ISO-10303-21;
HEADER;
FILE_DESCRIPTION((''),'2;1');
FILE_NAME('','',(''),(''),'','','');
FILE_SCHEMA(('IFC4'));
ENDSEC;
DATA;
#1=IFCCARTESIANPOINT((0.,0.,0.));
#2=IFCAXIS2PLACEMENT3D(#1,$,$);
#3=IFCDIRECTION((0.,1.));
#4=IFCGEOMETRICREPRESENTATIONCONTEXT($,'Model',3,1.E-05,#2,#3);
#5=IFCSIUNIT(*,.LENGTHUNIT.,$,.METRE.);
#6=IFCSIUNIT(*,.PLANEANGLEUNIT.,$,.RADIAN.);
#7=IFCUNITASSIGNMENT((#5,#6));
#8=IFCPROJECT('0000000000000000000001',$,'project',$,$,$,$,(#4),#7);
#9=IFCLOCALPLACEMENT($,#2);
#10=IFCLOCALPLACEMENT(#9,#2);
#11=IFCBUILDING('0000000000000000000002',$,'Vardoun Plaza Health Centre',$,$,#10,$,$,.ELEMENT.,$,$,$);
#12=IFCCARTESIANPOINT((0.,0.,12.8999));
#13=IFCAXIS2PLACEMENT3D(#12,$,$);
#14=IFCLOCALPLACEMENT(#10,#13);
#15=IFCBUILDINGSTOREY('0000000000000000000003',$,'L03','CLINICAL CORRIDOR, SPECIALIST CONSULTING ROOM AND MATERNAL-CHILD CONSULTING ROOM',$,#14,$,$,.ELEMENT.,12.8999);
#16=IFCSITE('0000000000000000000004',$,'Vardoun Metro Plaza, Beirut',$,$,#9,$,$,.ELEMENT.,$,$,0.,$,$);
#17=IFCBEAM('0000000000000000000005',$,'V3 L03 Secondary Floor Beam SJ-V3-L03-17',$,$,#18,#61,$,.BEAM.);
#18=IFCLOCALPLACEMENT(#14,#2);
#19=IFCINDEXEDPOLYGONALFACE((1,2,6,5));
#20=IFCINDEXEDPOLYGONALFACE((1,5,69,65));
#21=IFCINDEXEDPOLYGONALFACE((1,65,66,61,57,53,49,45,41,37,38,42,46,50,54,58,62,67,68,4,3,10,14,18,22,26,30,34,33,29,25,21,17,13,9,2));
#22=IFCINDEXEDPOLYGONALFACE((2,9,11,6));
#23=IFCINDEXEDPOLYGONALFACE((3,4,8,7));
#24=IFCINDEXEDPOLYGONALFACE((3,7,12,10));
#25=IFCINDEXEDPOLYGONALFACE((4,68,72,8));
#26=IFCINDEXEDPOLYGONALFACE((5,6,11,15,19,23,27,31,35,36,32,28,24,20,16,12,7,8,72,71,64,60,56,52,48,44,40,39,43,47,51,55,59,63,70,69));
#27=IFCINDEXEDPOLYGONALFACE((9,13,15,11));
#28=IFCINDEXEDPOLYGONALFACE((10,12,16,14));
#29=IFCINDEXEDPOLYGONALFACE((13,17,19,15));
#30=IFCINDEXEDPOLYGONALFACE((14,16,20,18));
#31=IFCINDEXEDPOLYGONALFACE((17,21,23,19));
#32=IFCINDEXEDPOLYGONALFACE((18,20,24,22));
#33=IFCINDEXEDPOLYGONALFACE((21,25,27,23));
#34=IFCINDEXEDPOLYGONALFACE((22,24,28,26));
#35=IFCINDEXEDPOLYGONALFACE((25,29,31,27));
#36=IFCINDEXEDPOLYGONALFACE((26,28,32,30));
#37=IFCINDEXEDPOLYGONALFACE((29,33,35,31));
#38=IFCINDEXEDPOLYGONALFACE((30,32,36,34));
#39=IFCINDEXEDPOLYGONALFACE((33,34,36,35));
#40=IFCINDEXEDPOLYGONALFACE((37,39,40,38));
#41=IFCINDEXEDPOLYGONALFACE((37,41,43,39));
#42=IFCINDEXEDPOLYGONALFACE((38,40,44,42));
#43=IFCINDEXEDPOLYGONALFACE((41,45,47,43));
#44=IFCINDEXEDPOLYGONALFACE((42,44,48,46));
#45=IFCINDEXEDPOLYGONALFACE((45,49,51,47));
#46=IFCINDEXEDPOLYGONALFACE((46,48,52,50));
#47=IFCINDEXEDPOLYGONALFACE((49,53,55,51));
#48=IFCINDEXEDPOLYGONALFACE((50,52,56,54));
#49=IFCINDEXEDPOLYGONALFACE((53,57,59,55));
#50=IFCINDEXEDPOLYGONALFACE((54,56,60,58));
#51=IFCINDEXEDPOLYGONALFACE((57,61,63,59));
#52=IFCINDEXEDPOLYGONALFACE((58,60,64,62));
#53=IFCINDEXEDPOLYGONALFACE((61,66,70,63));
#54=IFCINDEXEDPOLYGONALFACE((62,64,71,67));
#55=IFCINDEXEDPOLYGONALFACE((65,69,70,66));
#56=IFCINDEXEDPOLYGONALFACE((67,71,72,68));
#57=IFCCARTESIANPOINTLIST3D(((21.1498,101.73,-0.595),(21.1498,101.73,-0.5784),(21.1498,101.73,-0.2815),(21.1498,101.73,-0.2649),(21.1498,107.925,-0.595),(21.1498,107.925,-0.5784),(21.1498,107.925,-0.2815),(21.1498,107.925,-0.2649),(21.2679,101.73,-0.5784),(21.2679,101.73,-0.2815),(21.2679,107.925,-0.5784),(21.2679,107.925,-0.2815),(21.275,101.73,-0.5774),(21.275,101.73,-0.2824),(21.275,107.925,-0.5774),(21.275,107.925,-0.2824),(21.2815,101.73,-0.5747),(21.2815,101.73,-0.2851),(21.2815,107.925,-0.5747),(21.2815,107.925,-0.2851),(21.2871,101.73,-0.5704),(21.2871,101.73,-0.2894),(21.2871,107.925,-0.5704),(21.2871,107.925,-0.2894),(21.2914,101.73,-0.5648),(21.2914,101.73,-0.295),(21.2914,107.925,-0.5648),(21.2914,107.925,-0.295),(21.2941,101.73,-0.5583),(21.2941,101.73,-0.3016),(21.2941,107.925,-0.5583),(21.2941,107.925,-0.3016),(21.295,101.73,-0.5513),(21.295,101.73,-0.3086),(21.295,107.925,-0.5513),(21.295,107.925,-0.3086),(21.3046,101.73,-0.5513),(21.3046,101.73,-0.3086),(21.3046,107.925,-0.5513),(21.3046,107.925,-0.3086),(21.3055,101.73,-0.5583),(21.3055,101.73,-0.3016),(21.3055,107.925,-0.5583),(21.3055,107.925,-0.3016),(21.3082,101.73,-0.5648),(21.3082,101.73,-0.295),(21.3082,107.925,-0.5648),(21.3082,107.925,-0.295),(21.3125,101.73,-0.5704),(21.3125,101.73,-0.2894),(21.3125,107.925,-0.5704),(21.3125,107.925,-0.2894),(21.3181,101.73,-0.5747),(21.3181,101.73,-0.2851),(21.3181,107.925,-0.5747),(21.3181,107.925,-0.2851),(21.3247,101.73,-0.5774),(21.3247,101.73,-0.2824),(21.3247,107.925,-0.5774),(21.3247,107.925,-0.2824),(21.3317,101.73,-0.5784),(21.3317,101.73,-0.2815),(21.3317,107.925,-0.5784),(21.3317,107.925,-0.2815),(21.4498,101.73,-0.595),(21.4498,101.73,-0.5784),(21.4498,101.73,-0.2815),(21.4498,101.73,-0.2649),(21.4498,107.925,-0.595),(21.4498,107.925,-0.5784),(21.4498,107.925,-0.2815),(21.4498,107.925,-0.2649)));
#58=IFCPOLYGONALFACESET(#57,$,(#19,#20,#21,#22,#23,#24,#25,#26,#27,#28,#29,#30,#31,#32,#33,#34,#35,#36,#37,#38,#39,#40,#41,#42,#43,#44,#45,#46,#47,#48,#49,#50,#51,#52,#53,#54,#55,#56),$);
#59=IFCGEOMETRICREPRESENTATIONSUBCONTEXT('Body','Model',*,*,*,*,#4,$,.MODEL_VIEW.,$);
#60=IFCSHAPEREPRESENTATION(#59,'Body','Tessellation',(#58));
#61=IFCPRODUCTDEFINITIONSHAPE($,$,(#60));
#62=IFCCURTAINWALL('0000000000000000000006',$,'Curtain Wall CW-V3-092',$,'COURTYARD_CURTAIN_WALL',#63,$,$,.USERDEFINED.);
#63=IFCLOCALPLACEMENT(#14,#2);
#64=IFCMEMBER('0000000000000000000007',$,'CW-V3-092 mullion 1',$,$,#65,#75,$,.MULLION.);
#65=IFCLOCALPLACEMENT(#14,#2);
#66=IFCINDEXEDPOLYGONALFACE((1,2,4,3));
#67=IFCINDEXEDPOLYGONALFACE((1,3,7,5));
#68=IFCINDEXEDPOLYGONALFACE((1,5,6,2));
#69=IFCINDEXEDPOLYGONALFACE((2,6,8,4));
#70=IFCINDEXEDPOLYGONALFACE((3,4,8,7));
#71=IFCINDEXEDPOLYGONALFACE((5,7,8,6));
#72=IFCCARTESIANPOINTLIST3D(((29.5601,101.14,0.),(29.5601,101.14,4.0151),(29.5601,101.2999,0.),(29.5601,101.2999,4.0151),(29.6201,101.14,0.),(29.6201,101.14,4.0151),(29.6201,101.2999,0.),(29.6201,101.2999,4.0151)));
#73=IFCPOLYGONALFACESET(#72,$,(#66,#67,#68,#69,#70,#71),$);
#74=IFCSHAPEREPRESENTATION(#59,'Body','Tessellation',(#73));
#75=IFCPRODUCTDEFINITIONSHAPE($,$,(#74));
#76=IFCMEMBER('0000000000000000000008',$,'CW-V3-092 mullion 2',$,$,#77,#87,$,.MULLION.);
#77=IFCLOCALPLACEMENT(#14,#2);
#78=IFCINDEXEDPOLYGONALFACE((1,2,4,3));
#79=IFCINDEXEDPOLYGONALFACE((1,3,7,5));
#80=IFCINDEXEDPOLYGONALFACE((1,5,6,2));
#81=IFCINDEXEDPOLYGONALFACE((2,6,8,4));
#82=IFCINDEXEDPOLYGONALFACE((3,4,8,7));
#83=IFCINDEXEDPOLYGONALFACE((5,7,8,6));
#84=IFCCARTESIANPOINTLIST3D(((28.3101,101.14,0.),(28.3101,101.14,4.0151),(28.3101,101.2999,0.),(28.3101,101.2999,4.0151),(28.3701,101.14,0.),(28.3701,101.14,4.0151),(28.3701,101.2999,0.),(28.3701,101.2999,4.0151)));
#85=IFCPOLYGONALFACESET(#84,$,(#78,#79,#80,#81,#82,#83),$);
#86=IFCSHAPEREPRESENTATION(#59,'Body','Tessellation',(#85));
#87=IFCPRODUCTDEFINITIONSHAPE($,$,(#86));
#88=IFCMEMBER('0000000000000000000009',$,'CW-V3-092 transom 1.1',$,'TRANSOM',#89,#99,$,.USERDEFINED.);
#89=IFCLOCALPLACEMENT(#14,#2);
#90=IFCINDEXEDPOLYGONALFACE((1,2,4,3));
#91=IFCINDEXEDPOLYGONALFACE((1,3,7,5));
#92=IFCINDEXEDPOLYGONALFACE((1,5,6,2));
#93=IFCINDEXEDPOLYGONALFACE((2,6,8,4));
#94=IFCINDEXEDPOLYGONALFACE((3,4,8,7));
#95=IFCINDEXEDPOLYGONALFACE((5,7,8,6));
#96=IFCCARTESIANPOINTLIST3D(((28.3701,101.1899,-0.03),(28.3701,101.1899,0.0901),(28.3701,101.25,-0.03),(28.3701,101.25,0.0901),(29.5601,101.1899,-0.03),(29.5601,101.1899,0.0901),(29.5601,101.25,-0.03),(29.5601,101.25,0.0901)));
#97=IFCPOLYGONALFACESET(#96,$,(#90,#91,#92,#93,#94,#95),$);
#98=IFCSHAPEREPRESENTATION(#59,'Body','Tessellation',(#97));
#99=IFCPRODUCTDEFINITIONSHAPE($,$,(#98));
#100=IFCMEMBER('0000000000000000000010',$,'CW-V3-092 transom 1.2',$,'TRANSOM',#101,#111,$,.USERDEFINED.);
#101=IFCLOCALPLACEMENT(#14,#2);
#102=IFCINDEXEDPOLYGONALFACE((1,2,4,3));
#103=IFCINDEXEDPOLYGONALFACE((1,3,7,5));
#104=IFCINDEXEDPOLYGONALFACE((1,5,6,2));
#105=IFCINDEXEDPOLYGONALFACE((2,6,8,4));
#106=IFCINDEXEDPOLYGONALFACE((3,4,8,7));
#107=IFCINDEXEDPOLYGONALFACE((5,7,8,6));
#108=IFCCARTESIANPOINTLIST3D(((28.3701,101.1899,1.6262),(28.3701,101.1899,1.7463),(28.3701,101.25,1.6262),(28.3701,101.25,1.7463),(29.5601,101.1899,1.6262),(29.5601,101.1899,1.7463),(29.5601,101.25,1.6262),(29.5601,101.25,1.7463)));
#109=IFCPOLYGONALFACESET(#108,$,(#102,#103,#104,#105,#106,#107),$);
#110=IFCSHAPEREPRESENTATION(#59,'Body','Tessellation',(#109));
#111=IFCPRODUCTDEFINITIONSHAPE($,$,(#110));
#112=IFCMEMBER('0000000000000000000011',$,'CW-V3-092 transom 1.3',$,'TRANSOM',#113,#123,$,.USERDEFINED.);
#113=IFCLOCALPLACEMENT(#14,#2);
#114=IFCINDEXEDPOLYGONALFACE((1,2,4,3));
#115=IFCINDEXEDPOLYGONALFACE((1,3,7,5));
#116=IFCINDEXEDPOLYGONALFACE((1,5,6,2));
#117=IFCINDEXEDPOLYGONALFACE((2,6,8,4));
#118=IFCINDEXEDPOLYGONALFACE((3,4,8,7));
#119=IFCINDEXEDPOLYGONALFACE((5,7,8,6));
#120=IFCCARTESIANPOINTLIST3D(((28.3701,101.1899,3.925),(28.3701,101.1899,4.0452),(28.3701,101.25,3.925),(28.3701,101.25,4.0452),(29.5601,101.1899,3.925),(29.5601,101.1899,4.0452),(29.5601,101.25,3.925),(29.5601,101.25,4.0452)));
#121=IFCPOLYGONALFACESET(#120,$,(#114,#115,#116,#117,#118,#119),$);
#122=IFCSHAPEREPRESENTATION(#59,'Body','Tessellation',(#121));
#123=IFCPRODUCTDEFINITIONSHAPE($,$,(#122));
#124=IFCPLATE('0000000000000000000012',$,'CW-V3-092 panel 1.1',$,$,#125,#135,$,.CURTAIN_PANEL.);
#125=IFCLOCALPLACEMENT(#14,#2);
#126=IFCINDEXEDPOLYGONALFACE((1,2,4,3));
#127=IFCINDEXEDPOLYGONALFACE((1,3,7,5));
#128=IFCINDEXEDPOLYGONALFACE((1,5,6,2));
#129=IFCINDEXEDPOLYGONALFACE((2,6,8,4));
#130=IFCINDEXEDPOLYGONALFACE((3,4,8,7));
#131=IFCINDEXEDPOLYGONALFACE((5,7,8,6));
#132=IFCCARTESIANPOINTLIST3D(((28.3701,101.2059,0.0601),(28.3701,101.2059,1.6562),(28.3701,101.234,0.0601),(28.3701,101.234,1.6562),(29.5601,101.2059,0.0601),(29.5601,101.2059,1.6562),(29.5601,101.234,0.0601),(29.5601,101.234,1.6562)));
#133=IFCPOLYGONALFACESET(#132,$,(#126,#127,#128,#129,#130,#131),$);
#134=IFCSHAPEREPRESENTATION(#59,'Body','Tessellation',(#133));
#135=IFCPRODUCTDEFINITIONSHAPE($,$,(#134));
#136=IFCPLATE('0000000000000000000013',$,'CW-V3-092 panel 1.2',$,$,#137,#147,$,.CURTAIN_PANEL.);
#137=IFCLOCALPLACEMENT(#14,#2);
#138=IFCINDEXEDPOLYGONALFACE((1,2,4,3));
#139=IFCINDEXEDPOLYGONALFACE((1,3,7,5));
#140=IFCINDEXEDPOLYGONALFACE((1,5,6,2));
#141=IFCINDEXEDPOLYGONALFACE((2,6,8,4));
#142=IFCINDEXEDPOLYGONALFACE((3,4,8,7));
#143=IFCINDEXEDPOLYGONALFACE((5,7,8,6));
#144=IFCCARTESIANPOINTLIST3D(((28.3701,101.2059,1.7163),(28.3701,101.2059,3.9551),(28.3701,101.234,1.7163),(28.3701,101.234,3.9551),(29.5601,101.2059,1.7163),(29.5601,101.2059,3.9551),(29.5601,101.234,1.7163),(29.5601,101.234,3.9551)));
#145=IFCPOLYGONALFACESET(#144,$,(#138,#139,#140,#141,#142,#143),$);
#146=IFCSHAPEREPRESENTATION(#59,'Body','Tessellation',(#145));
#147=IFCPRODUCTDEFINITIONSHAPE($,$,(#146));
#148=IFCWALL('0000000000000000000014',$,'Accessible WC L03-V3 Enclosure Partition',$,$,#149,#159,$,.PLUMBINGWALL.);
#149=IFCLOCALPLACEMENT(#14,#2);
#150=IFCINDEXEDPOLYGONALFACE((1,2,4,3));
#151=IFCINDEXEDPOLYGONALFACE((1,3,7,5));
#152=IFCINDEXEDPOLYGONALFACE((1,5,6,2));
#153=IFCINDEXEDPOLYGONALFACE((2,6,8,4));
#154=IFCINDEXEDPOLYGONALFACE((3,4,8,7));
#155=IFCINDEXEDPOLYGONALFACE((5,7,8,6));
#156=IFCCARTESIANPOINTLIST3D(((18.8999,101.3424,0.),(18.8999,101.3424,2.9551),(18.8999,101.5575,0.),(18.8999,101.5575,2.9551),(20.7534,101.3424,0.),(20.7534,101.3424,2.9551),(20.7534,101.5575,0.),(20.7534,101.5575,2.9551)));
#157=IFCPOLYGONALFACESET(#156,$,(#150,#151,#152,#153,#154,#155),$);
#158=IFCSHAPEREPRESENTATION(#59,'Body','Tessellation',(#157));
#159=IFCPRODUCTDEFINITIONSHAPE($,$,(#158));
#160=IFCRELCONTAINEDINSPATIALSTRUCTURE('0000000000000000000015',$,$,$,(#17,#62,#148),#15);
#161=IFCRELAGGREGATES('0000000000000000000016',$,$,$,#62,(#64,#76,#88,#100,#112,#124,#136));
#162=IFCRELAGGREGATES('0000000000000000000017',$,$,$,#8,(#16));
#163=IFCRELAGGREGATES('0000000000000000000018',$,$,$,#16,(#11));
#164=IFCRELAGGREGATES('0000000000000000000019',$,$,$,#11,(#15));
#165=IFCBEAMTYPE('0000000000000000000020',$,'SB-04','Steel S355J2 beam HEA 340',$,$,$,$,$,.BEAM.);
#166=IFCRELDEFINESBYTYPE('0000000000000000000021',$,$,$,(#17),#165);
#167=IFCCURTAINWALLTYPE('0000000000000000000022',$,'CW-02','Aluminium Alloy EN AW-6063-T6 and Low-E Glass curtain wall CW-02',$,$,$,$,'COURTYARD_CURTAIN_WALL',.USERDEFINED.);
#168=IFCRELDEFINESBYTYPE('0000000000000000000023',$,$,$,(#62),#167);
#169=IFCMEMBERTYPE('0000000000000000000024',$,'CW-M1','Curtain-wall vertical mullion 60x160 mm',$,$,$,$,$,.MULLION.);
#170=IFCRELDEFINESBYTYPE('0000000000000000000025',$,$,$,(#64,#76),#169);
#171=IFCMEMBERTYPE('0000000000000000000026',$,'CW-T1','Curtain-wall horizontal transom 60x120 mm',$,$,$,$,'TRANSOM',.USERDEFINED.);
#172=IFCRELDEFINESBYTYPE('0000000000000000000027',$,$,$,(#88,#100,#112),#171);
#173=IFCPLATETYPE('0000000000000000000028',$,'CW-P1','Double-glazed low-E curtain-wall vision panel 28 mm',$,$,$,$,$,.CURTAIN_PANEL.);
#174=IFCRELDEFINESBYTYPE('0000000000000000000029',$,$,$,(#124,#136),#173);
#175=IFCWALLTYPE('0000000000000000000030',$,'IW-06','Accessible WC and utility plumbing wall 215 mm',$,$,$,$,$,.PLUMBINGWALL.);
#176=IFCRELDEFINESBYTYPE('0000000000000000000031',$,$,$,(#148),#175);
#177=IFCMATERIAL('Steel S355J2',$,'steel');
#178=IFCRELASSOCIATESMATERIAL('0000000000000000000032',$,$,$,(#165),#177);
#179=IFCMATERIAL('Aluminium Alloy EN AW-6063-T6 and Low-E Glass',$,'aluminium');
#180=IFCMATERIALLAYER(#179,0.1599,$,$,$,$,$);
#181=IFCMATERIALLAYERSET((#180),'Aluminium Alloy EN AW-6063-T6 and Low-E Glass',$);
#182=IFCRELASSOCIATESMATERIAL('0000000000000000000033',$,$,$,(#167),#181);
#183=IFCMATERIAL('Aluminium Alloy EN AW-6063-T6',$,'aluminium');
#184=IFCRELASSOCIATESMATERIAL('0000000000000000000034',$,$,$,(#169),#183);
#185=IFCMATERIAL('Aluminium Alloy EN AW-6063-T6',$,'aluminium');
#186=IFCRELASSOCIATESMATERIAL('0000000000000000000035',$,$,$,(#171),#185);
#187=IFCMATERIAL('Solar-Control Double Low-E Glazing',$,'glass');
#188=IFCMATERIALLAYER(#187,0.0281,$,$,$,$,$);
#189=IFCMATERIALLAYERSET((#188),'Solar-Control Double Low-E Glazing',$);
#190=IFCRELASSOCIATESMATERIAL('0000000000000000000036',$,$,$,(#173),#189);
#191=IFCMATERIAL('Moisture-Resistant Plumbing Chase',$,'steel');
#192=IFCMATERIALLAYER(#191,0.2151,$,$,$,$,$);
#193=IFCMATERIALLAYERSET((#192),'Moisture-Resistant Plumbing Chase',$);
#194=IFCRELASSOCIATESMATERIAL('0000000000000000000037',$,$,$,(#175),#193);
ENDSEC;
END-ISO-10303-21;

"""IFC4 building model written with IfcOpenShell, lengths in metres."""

from ifc_helpers import new_model, si_unit, direction, frame, frame_2d, origin, origin_2d, place, context, subcontext, project, spatial, rectangle, i_section, extrude, material, layer, layer_set, material_profile, profile_set, type_object, element, aggregate, save


model = new_model("IFC4")

# Units and contexts
model_context = context("Model", 3, precision=1e-05, world=origin(), true_north=direction((0.0, 1.0)))
body_context = subcontext(model_context, "Body", "Model", "MODEL_VIEW")
ifc_project = project(units=[si_unit("LENGTHUNIT", "METRE"), si_unit("PLANEANGLEUNIT", "RADIAN")], contexts=[model_context])

# Site, building, storey
site_placement = place(None, origin())
site = spatial("IfcSite", under=ifc_project, at=site_placement, Name="Vardoun Metro Plaza, Beirut", CompositionType="ELEMENT", RefElevation=0.0)
building_placement = place(site_placement, origin())
building = spatial("IfcBuilding", under=site, at=building_placement, Name="Vardoun Plaza Health Centre", CompositionType="ELEMENT")
storey_placement = place(building_placement, frame((0.0, 0.0, 12.8999)))
storey = spatial("IfcBuildingStorey", under=building, at=storey_placement, Name="L03", Description="CLINICAL CORRIDOR, SPECIALIST CONSULTING ROOM AND MATERNAL-CHILD CONSULTING ROOM", CompositionType="ELEMENT", Elevation=12.8999)

# Beam
ifc_material_1 = material(Name="Steel S355J2", Category="steel")
ifc_material_profile_1 = material_profile(ifc_material_1, i_section(OverallWidth=0.3, OverallDepth=0.3301, WebThickness=0.0095, FlangeThickness=0.0166, FilletRadius=0.0271, at=origin_2d()), Name="HEA 340")
ifc_profile_set_1 = profile_set([ifc_material_profile_1], Name="Steel S355J2")
beam_type_1 = type_object("IfcBeamType", Name="SB-04", Description="Steel S355J2 beam HEA 340", PredefinedType="BEAM", material=ifc_profile_set_1)
beam_1_placement = place(storey_placement, frame((21.2998, 101.73, -0.4299), z_axis=(0.0, 1.0, 0.0), x_axis=(-1.0, 0.0, 0.0)))
element("IfcBeam", 1, at=beam_1_placement, inside=storey, type_object=beam_type_1, Name="V3 L03 Secondary Floor Beam SJ-V3-L03-17", PredefinedType="BEAM", context=body_context, shape_type="SweptSolid", body=[
    extrude(i_section(OverallWidth=0.3, OverallDepth=0.3301, WebThickness=0.0095, FlangeThickness=0.0166, FilletRadius=0.0271, at=origin_2d()), origin(), (0.0, 0.0, 1.0), 6.1951),
])

# Curtain wall, members, plates
ifc_material_2 = material(Name="Aluminium Alloy EN AW-6063-T6 and Low-E Glass", Category="aluminium")
ifc_layer_1 = layer(ifc_material_2, 0.1599)
ifc_layer_set_1 = layer_set([ifc_layer_1], Name="Aluminium Alloy EN AW-6063-T6 and Low-E Glass")
curtain_wall_type = type_object("IfcCurtainWallType", Name="CW-02", Description="Aluminium Alloy EN AW-6063-T6 and Low-E Glass curtain wall CW-02", ElementType="COURTYARD_CURTAIN_WALL", PredefinedType="USERDEFINED", material=ifc_layer_set_1)
curtain_wall_placement = place(storey_placement, origin())
curtain_wall = element("IfcCurtainWall", 2, at=curtain_wall_placement, inside=storey, type_object=curtain_wall_type, Name="Curtain Wall CW-V3-092", ObjectType="COURTYARD_CURTAIN_WALL", PredefinedType="USERDEFINED")
ifc_material_3 = material(Name="Aluminium Alloy EN AW-6063-T6", Category="aluminium")
ifc_material_profile_2 = material_profile(ifc_material_3, rectangle(XDim=0.1599, YDim=0.0601, at=origin_2d()), Name="CWM 60x160")
ifc_profile_set_2 = profile_set([ifc_material_profile_2], Name="Aluminium Alloy EN AW-6063-T6")
member_type_1 = type_object("IfcMemberType", Name="CW-M1", Description="Curtain-wall vertical mullion 60x160 mm", PredefinedType="MULLION", material=ifc_profile_set_2)
member_1_placement = place(storey_placement, frame((29.5901, 101.22, 0.0), z_axis=(0.0, 0.0, 1.0), x_axis=(0.0, -1.0, 0.0)))
member_1 = element("IfcMember", 3, at=member_1_placement, type_object=member_type_1, Name="CW-V3-092 mullion 1", PredefinedType="MULLION", context=body_context, shape_type="SweptSolid", body=[
    extrude(rectangle(XDim=0.1599, YDim=0.0601, at=origin_2d()), origin(), (0.0, 0.0, 1.0), 4.0151),
])
member_2_placement = place(storey_placement, frame((28.3401, 101.22, 0.0), z_axis=(0.0, 0.0, 1.0), x_axis=(0.0, -1.0, 0.0)))
member_2 = element("IfcMember", 4, at=member_2_placement, type_object=member_type_1, Name="CW-V3-092 mullion 2", PredefinedType="MULLION", context=body_context, shape_type="SweptSolid", body=[
    extrude(rectangle(XDim=0.1599, YDim=0.0601, at=origin_2d()), origin(), (0.0, 0.0, 1.0), 4.0151),
])
ifc_material_4 = material(Name="Aluminium Alloy EN AW-6063-T6", Category="aluminium")
ifc_material_profile_3 = material_profile(ifc_material_4, rectangle(XDim=0.0601, YDim=0.1201, at=origin_2d()), Name="CWT 60x120")
ifc_profile_set_3 = profile_set([ifc_material_profile_3], Name="Aluminium Alloy EN AW-6063-T6")
member_type_2 = type_object("IfcMemberType", Name="CW-T1", Description="Curtain-wall horizontal transom 60x120 mm", ElementType="TRANSOM", PredefinedType="USERDEFINED", material=ifc_profile_set_3)
member_3_placement = place(storey_placement, frame((29.5601, 101.22, 0.03), z_axis=(-1.0, 0.0, 0.0), x_axis=(0.0, -1.0, 0.0)))
member_3 = element("IfcMember", 5, at=member_3_placement, type_object=member_type_2, Name="CW-V3-092 transom 1.1", ObjectType="TRANSOM", PredefinedType="USERDEFINED", context=body_context, shape_type="SweptSolid", body=[
    extrude(rectangle(XDim=0.0601, YDim=0.1201, at=origin_2d()), origin(), (0.0, 0.0, 1.0), 1.1899),
])
member_4_placement = place(storey_placement, frame((29.5601, 101.22, 1.6863), z_axis=(-1.0, 0.0, 0.0), x_axis=(0.0, -1.0, 0.0)))
member_4 = element("IfcMember", 6, at=member_4_placement, type_object=member_type_2, Name="CW-V3-092 transom 1.2", ObjectType="TRANSOM", PredefinedType="USERDEFINED", context=body_context, shape_type="SweptSolid", body=[
    extrude(rectangle(XDim=0.0601, YDim=0.1201, at=origin_2d()), origin(), (0.0, 0.0, 1.0), 1.1899),
])
member_5_placement = place(storey_placement, frame((29.5601, 101.22, 3.9851), z_axis=(-1.0, 0.0, 0.0), x_axis=(0.0, -1.0, 0.0)))
member_5 = element("IfcMember", 7, at=member_5_placement, type_object=member_type_2, Name="CW-V3-092 transom 1.3", ObjectType="TRANSOM", PredefinedType="USERDEFINED", context=body_context, shape_type="SweptSolid", body=[
    extrude(rectangle(XDim=0.0601, YDim=0.1201, at=origin_2d()), origin(), (0.0, 0.0, 1.0), 1.1899),
])
ifc_material_5 = material(Name="Solar-Control Double Low-E Glazing", Category="glass")
ifc_layer_2 = layer(ifc_material_5, 0.0281)
ifc_layer_set_2 = layer_set([ifc_layer_2], Name="Solar-Control Double Low-E Glazing")
plate_type = type_object("IfcPlateType", Name="CW-P1", Description="Double-glazed low-E curtain-wall vision panel 28 mm", PredefinedType="CURTAIN_PANEL", material=ifc_layer_set_2)
plate_1_placement = place(storey_placement, frame((28.9651, 101.22, 0.0601), z_axis=(0.0, 0.0, 1.0), x_axis=(-1.0, 0.0, 0.0)))
plate_1 = element("IfcPlate", 8, at=plate_1_placement, type_object=plate_type, Name="CW-V3-092 panel 1.1", PredefinedType="CURTAIN_PANEL", context=body_context, shape_type="SweptSolid", body=[
    extrude(rectangle(XDim=1.1899, YDim=0.0281, at=origin_2d()), origin(), (0.0, 0.0, 1.0), 1.5962),
])
plate_2_placement = place(storey_placement, frame((28.9651, 101.22, 1.7163), z_axis=(0.0, 0.0, 1.0), x_axis=(-1.0, 0.0, 0.0)))
plate_2 = element("IfcPlate", 9, at=plate_2_placement, type_object=plate_type, Name="CW-V3-092 panel 1.2", PredefinedType="CURTAIN_PANEL", context=body_context, shape_type="SweptSolid", body=[
    extrude(rectangle(XDim=1.1899, YDim=0.0281, at=origin_2d()), origin(), (0.0, 0.0, 1.0), 2.2388),
])
aggregate(curtain_wall, [member_1, member_2, member_3, member_4, member_5, plate_1, plate_2])

# Wall
ifc_material_6 = material(Name="Moisture-Resistant Plumbing Chase", Category="steel")
ifc_layer_3 = layer(ifc_material_6, 0.2151)
ifc_layer_set_3 = layer_set([ifc_layer_3], Name="Moisture-Resistant Plumbing Chase")
wall_type = type_object("IfcWallType", Name="IW-06", Description="Accessible WC and utility plumbing wall 215 mm", PredefinedType="PLUMBINGWALL", material=ifc_layer_set_3)
wall_placement = place(storey_placement, frame((20.7534, 101.45, 0.0), z_axis=(0.0, 0.0, 1.0), x_axis=(-1.0, 0.0, 0.0)))
element("IfcWall", 10, at=wall_placement, inside=storey, type_object=wall_type, Name="Accessible WC L03-V3 Enclosure Partition", PredefinedType="PLUMBINGWALL", context=body_context, shape_type="SweptSolid", body=[
    extrude(rectangle(XDim=1.8535, YDim=0.2151, at=frame_2d((0.9268, 0.0))), origin(), (0.0, 0.0, 1.0), 2.9551),
])

save(model, "model.ifc")
